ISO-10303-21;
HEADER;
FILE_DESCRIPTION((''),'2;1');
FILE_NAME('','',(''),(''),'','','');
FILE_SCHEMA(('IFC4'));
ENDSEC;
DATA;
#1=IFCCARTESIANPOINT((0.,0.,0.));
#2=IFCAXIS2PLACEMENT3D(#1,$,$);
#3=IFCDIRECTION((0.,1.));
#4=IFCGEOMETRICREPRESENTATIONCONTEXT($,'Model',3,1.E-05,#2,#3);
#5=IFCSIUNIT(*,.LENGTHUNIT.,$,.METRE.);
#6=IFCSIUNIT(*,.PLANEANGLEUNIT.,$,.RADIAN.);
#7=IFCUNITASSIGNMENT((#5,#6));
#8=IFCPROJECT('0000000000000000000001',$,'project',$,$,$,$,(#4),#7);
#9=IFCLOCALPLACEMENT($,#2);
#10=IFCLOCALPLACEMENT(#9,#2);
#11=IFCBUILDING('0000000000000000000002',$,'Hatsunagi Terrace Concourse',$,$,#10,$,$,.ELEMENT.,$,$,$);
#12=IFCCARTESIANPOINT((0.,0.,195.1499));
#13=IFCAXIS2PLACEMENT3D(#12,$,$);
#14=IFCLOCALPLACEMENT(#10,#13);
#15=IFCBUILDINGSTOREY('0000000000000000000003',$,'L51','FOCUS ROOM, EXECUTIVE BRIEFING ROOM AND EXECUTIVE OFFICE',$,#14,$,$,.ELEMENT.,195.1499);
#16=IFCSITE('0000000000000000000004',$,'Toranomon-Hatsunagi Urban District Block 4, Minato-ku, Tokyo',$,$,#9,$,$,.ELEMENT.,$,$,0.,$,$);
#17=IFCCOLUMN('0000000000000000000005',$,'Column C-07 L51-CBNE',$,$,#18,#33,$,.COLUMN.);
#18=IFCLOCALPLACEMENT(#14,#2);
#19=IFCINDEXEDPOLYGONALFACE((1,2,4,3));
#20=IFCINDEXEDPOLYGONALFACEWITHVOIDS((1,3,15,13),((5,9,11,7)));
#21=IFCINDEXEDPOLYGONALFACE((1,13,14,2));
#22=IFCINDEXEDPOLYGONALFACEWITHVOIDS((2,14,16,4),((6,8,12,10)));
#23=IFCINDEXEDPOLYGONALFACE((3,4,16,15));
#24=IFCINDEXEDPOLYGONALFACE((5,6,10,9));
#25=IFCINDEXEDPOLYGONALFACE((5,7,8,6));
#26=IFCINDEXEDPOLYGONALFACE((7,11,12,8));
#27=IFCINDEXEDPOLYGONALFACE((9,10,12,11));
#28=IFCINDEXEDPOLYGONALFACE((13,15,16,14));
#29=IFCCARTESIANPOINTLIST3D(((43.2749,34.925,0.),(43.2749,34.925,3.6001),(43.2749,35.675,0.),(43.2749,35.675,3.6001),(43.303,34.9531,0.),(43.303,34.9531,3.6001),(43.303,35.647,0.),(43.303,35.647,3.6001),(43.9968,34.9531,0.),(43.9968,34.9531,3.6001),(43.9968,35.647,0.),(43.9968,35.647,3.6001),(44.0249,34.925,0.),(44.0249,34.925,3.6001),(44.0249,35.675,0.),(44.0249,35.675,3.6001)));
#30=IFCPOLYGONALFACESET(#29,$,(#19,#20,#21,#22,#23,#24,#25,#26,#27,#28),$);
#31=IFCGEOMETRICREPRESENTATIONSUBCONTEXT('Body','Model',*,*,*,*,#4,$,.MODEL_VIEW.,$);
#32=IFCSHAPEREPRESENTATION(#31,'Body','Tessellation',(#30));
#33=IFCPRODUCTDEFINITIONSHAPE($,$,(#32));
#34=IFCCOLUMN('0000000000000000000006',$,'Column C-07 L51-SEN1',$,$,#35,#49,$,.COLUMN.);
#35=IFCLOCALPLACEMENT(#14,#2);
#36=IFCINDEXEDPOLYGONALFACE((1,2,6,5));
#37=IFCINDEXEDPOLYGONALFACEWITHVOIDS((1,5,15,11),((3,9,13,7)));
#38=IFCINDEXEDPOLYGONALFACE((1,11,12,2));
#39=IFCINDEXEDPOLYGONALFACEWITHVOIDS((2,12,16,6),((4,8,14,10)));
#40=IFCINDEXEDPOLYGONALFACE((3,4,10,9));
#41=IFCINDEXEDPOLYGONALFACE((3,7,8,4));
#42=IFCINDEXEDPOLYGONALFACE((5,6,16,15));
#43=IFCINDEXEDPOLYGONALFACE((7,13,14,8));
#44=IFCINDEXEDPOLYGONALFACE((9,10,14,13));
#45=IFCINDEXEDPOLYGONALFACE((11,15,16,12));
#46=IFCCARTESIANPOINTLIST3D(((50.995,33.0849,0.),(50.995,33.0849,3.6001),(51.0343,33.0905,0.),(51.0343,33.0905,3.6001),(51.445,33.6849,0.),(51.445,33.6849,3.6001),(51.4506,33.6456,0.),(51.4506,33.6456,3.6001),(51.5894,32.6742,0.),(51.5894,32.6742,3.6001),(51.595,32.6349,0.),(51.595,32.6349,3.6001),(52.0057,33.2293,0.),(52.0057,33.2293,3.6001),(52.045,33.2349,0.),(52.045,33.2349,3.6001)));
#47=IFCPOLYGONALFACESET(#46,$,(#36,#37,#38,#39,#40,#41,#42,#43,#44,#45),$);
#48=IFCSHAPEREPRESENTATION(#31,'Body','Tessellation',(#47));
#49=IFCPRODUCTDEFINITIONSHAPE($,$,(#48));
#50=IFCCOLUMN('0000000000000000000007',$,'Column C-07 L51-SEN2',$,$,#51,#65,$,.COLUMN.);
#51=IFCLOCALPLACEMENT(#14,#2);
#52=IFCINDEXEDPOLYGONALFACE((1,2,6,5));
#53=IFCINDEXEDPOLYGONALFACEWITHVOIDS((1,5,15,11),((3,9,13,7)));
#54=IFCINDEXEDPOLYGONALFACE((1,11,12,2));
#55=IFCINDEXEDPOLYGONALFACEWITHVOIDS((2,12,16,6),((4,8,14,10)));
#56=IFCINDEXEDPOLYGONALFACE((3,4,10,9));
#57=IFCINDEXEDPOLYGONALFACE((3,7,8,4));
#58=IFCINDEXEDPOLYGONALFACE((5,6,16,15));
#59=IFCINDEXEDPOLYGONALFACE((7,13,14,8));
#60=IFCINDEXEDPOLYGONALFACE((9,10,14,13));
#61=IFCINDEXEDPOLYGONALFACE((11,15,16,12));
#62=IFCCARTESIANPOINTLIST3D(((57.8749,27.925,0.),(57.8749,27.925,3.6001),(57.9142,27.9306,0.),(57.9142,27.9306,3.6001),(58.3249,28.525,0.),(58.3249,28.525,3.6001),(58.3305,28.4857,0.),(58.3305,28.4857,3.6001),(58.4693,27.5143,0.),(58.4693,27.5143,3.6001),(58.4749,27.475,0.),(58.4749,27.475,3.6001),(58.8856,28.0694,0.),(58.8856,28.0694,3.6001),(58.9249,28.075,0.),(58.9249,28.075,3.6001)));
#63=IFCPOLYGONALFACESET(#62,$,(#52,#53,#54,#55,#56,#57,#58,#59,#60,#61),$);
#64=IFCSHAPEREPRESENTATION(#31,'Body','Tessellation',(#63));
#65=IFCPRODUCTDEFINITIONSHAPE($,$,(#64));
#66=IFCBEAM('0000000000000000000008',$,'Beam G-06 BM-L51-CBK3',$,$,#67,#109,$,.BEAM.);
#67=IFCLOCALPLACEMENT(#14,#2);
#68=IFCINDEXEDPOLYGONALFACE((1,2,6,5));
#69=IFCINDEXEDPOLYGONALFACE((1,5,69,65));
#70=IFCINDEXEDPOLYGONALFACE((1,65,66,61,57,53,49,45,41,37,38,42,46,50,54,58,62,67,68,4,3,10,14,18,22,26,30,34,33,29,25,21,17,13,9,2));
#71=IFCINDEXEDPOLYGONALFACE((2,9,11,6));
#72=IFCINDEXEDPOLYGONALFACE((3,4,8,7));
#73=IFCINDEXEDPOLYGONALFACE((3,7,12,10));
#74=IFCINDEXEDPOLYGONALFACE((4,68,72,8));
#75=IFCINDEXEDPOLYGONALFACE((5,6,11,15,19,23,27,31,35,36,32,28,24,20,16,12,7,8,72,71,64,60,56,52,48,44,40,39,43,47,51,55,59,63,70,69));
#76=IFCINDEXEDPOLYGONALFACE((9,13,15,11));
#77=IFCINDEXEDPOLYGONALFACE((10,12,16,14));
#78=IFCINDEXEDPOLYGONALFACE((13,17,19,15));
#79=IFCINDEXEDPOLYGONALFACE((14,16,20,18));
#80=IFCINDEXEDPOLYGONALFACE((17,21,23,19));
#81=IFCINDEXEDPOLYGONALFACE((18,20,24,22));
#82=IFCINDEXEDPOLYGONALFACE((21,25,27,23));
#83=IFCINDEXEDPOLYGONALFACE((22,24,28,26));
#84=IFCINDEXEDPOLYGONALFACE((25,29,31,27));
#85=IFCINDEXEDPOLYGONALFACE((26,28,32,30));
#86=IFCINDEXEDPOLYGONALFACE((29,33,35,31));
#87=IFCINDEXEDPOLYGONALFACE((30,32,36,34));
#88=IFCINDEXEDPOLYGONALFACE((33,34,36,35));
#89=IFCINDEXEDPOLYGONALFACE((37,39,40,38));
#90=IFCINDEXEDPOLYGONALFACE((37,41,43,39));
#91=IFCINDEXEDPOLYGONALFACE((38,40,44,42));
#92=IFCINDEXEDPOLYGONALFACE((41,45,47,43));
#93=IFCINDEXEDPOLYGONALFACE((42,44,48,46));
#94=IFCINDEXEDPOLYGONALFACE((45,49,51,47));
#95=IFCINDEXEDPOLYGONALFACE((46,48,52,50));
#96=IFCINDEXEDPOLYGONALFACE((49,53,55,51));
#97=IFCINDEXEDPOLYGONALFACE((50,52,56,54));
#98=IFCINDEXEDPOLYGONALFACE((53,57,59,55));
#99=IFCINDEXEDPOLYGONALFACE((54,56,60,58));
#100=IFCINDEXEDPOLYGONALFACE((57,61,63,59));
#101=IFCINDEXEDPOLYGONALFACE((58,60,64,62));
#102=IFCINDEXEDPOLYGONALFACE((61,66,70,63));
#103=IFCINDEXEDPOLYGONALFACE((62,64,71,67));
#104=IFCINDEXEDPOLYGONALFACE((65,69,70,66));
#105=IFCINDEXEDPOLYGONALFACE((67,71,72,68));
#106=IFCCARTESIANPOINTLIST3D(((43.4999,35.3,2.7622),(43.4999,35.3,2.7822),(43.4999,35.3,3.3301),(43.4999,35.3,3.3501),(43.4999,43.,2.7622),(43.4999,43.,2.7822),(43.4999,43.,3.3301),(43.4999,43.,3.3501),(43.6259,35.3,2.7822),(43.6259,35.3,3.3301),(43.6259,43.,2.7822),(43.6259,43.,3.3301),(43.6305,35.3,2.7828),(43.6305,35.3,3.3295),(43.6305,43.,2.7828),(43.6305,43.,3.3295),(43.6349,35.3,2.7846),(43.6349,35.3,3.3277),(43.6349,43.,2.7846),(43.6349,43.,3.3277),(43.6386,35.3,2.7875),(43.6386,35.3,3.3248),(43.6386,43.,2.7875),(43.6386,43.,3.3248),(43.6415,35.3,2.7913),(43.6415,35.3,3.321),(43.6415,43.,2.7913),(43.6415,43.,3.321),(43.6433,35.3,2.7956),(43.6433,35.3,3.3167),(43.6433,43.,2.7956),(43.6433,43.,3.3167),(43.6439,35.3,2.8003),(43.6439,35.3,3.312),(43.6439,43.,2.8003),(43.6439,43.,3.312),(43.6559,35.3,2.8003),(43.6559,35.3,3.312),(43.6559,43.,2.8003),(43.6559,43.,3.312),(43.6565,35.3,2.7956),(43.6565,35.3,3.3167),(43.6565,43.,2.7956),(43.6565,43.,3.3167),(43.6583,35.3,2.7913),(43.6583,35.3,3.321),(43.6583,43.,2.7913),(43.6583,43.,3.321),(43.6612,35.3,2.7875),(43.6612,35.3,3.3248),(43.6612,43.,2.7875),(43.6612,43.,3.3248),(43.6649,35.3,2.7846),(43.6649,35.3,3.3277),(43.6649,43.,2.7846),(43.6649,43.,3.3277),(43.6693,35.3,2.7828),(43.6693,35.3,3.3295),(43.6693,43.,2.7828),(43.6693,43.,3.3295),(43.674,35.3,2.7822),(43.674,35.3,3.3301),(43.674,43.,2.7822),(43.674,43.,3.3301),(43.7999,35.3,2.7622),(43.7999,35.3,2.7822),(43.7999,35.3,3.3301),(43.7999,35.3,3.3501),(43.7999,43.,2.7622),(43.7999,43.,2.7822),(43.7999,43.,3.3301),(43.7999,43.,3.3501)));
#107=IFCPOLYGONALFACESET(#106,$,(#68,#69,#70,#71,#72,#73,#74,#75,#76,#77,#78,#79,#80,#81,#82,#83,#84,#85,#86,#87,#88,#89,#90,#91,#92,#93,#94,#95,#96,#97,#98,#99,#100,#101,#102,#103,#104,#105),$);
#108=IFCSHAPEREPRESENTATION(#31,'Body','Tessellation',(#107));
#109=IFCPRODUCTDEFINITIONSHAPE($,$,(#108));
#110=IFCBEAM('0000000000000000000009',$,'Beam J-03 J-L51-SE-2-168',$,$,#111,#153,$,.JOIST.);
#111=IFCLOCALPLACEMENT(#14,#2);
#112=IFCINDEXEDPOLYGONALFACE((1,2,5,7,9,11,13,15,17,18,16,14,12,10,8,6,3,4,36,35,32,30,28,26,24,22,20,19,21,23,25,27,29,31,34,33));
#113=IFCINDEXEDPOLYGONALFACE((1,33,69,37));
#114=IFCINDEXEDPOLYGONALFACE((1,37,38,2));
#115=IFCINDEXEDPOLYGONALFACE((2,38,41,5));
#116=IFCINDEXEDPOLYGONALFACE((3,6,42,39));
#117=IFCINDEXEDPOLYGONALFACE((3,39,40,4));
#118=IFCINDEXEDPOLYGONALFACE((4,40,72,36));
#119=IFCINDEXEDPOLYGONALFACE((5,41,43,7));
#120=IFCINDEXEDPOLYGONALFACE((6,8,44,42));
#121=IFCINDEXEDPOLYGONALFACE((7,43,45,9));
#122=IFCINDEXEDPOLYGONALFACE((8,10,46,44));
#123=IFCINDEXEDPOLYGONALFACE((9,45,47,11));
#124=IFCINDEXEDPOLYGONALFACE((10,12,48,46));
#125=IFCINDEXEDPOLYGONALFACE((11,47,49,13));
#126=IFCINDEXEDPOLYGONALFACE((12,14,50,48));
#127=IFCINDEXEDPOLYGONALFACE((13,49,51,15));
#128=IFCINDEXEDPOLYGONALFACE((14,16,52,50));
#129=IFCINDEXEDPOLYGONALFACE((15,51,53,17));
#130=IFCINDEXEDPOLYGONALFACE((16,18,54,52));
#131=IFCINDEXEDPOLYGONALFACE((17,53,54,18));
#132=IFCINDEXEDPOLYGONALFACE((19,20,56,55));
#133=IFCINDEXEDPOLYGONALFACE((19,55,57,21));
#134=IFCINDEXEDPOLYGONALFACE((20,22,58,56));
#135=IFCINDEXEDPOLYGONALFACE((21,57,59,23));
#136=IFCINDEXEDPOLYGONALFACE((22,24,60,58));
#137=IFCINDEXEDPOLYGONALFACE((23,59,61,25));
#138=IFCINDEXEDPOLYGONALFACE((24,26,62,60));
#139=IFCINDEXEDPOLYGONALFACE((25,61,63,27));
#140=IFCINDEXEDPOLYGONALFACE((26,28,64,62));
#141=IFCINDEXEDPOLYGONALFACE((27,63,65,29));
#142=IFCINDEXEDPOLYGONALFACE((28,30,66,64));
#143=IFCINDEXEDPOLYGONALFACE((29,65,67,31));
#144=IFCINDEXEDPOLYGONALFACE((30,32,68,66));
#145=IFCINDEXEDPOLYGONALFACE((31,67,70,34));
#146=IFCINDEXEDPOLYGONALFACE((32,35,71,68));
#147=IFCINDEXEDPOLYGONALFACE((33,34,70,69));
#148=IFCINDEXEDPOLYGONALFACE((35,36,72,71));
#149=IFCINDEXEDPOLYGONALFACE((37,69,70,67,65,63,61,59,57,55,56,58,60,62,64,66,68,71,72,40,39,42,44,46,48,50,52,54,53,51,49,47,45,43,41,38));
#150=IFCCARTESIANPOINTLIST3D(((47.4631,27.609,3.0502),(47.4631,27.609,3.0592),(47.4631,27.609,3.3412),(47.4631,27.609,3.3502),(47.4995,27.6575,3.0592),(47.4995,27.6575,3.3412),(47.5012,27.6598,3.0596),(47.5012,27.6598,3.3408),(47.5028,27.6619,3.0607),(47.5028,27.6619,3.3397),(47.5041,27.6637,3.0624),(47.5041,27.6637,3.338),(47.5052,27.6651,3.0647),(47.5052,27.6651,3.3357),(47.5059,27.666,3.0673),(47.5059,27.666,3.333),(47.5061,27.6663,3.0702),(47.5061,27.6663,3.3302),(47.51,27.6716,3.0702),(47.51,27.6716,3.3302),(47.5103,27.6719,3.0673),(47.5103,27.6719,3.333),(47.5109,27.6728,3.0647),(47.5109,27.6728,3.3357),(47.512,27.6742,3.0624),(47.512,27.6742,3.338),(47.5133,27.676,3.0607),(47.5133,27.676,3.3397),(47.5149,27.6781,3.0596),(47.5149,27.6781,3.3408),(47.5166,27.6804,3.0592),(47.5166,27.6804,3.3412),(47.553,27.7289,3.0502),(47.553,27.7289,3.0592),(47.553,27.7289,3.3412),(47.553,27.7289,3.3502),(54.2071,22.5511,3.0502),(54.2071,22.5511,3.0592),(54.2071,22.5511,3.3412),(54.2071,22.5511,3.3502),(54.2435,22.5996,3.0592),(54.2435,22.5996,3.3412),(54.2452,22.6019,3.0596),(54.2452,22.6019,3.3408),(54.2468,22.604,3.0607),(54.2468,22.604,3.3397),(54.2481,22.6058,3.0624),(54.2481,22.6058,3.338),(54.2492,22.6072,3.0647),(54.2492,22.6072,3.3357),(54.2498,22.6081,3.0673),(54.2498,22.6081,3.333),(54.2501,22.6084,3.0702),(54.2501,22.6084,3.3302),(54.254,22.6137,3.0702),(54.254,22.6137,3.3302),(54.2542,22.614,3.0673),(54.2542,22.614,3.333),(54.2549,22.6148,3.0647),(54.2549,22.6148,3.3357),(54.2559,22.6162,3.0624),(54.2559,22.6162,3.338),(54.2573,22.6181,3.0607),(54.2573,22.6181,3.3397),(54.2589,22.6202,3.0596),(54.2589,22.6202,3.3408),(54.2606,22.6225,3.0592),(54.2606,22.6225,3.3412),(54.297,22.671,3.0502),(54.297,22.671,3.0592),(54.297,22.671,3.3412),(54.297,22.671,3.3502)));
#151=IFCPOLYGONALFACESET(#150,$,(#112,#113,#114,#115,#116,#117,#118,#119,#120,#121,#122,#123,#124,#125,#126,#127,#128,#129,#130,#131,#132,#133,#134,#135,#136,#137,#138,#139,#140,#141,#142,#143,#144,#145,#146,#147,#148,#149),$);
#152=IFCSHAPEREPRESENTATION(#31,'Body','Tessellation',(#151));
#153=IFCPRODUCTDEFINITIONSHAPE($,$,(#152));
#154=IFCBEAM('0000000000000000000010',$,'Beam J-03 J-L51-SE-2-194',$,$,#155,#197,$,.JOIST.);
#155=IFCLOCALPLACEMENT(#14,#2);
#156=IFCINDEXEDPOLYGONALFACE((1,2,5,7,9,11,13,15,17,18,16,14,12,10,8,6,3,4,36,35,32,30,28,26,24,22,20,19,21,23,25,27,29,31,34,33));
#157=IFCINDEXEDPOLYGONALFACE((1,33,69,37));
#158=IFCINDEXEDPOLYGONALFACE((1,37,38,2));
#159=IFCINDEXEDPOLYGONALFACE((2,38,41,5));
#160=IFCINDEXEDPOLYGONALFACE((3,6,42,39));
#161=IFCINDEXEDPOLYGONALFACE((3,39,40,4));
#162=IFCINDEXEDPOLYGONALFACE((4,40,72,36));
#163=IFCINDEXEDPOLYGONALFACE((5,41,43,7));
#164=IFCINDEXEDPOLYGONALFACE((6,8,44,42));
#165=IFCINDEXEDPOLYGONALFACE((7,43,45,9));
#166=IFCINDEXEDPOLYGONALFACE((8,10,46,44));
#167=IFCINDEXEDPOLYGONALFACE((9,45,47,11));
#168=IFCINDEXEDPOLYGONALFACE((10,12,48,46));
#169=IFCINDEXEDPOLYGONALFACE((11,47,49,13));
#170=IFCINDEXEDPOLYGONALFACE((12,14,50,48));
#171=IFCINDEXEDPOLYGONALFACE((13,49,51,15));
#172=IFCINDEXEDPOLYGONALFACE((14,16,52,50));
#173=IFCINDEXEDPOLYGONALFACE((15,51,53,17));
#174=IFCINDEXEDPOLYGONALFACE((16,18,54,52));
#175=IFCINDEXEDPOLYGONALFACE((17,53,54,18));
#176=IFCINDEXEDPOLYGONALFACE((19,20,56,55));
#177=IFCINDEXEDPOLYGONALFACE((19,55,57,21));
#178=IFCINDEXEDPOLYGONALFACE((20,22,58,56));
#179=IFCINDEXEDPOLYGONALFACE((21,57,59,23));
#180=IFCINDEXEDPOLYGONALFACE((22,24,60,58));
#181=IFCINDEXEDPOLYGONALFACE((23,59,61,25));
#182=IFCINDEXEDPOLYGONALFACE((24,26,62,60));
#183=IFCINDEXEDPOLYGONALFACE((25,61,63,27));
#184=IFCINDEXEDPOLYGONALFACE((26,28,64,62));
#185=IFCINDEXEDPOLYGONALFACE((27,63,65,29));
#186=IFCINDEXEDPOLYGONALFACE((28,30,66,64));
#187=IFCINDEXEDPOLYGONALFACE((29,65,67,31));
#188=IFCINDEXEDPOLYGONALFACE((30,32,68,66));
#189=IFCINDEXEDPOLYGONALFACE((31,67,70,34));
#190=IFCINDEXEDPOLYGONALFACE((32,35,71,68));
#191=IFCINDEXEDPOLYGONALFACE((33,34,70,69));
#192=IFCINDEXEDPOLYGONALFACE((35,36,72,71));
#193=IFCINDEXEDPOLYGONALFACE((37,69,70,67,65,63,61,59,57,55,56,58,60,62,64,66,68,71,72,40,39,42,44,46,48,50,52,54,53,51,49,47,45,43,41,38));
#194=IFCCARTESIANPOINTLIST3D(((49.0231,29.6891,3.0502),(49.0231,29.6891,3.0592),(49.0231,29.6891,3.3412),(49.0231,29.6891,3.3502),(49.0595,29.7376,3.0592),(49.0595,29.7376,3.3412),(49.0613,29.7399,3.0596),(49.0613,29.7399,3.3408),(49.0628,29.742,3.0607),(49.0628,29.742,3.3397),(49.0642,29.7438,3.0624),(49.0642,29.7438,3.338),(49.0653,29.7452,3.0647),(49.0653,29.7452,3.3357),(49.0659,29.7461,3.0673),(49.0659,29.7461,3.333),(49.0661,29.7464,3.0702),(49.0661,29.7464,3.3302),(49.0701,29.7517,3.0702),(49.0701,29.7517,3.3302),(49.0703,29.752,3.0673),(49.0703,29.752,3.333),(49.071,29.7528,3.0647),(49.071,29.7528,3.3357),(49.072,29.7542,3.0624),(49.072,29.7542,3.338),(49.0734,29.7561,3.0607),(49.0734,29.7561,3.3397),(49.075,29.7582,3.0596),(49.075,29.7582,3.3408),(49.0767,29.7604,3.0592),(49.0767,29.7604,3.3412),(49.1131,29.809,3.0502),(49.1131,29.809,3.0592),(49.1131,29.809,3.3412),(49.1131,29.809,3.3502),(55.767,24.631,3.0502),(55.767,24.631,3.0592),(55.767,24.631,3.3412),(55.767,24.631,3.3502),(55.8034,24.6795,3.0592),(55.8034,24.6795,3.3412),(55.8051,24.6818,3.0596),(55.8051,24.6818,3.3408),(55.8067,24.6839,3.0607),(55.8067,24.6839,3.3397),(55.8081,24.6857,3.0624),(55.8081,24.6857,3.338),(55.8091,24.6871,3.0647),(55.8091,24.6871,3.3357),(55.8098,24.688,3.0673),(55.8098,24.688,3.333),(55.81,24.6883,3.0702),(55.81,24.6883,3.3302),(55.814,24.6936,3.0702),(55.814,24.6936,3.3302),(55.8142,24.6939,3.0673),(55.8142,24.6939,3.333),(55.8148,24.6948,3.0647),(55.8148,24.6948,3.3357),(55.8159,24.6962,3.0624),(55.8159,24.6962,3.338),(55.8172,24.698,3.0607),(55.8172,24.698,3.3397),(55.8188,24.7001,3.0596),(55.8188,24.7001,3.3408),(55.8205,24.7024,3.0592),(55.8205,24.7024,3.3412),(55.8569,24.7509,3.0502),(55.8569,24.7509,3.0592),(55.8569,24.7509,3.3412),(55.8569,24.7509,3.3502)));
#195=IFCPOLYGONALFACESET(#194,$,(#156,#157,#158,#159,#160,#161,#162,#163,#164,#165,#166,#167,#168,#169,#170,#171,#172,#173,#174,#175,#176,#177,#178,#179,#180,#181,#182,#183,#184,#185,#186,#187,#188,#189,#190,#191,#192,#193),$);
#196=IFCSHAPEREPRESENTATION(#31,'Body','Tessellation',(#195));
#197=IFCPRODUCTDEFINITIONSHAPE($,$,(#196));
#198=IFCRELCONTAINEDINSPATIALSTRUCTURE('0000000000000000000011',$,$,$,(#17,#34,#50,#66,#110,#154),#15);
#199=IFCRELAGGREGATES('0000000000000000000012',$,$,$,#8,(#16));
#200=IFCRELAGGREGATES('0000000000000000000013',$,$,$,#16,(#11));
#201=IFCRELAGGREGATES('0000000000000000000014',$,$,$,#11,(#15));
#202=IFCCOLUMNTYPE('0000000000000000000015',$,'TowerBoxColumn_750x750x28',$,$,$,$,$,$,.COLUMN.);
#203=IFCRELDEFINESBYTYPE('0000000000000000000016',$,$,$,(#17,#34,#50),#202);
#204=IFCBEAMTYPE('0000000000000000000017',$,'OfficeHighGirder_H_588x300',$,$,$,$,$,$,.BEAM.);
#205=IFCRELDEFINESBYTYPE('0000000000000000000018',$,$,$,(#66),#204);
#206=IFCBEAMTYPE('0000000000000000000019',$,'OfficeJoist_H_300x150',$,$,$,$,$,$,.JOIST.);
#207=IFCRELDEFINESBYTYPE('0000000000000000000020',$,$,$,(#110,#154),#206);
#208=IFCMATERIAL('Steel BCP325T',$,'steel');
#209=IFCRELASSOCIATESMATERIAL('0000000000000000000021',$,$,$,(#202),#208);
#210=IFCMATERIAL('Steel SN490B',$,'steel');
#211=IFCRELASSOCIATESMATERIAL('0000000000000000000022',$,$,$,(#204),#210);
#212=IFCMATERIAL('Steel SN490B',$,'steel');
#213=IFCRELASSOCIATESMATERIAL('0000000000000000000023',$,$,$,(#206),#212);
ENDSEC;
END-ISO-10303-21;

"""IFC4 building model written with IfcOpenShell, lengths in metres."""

from ifc_helpers import new_model, si_unit, direction, frame, origin, origin_2d, place, context, subcontext, project, spatial, hollow_rectangle, i_section, extrude, material, material_profile, profile_set, type_object, element, save


model = new_model("IFC4")

# Units and contexts
model_context = context("Model", 3, precision=1e-05, world=origin(), true_north=direction((0.0, 1.0)))
body_context = subcontext(model_context, "Body", "Model", "MODEL_VIEW")
ifc_project = project(units=[si_unit("LENGTHUNIT", "METRE"), si_unit("PLANEANGLEUNIT", "RADIAN")], contexts=[model_context])

# Site, building, storey
site_placement = place(None, origin())
site = spatial("IfcSite", under=ifc_project, at=site_placement, Name="Toranomon-Hatsunagi Urban District Block 4, Minato-ku, Tokyo", CompositionType="ELEMENT", RefElevation=0.0)
building_placement = place(site_placement, origin())
building = spatial("IfcBuilding", under=site, at=building_placement, Name="Hatsunagi Terrace Concourse", CompositionType="ELEMENT")
storey_placement = place(building_placement, frame((0.0, 0.0, 195.1499)))
storey = spatial("IfcBuildingStorey", under=building, at=storey_placement, Name="L51", Description="FOCUS ROOM, EXECUTIVE BRIEFING ROOM AND EXECUTIVE OFFICE", CompositionType="ELEMENT", Elevation=195.1499)

# Columns
ifc_material_1 = material(Name="Steel BCP325T", Category="steel")
ifc_material_profile_1 = material_profile(ifc_material_1, hollow_rectangle(XDim=0.75, YDim=0.75, WallThickness=0.0281, at=origin_2d()), Name="BCP-750x750x28")
ifc_profile_set_1 = profile_set([ifc_material_profile_1], Name="Steel BCP325T")
column_type = type_object("IfcColumnType", Name="TowerBoxColumn_750x750x28", PredefinedType="COLUMN", material=ifc_profile_set_1)
for number, where, z_axis, x_axis, name in (
    (1, (43.6499, 35.3, 0.0), (0.0, 0.0, 1.0), (1.0, 0.0, 0.0), "Column C-07 L51-CBNE"),
    (2, (51.52, 33.1599, 0.0), (0.0, 0.0, 1.0), (0.8, -0.6, 0.0), "Column C-07 L51-SEN1"),
    (3, (58.3999, 28.0, 0.0), (0.0, 0.0, 1.0), (0.8, -0.6, 0.0), "Column C-07 L51-SEN2"),
):
    element("IfcColumn", number, at=place(storey_placement, frame(where, z_axis=z_axis, x_axis=x_axis)), inside=storey, type_object=column_type, Name=name, PredefinedType="COLUMN", context=body_context, shape_type="SweptSolid", body=[
        extrude(hollow_rectangle(XDim=0.75, YDim=0.75, WallThickness=0.0281, at=origin_2d()), origin(), (0.0, 0.0, 1.0), 3.6001),
    ])

# Beams
ifc_material_2 = material(Name="Steel SN490B", Category="steel")
ifc_material_profile_2 = material_profile(ifc_material_2, i_section(OverallWidth=0.3, OverallDepth=0.5879, WebThickness=0.012, FlangeThickness=0.02, FilletRadius=0.0181, at=origin_2d()), Name="H-588x300x12x20")
ifc_profile_set_2 = profile_set([ifc_material_profile_2], Name="Steel SN490B")
beam_type_1 = type_object("IfcBeamType", Name="OfficeHighGirder_H_588x300", PredefinedType="BEAM", material=ifc_profile_set_2)
beam_1_placement = place(storey_placement, frame((43.6499, 35.3, 3.0562), z_axis=(0.0, 1.0, 0.0), x_axis=(-1.0, 0.0, 0.0)))
element("IfcBeam", 4, at=beam_1_placement, inside=storey, type_object=beam_type_1, Name="Beam G-06 BM-L51-CBK3", PredefinedType="BEAM", context=body_context, shape_type="SweptSolid", body=[
    extrude(i_section(OverallWidth=0.3, OverallDepth=0.5879, WebThickness=0.012, FlangeThickness=0.02, FilletRadius=0.0181, at=origin_2d()), origin(), (0.0, 0.0, 1.0), 7.7),
])
ifc_material_3 = material(Name="Steel SN490B", Category="steel")
ifc_material_profile_3 = material_profile(ifc_material_3, i_section(OverallWidth=0.1499, OverallDepth=0.3, WebThickness=0.0066, FlangeThickness=0.009, FilletRadius=0.011, at=origin_2d()), Name="H-300x150x6.5x9")
ifc_profile_set_3 = profile_set([ifc_material_profile_3], Name="Steel SN490B")
beam_type_2 = type_object("IfcBeamType", Name="OfficeJoist_H_300x150", PredefinedType="JOIST", material=ifc_profile_set_3)
for number, where, z_axis, x_axis, name in (
    (5, (47.5081, 27.6689, 3.2002), (0.800003, -0.599995, 0.0), (0.599995, 0.800003, 0.0), "Beam J-03 J-L51-SE-2-168"),
    (6, (49.0681, 29.749, 3.2002), (0.79999, -0.600014, 0.0), (0.600014, 0.79999, 0.0), "Beam J-03 J-L51-SE-2-194"),
):
    element("IfcBeam", number, at=place(storey_placement, frame(where, z_axis=z_axis, x_axis=x_axis)), inside=storey, type_object=beam_type_2, Name=name, PredefinedType="JOIST", context=body_context, shape_type="SweptSolid", body=[
        extrude(i_section(OverallWidth=0.1499, OverallDepth=0.3, WebThickness=0.0066, FlangeThickness=0.009, FilletRadius=0.011, at=origin_2d()), origin(), (0.0, 0.0, 1.0), 8.4299),
    ])

save(model, "model.ifc")
